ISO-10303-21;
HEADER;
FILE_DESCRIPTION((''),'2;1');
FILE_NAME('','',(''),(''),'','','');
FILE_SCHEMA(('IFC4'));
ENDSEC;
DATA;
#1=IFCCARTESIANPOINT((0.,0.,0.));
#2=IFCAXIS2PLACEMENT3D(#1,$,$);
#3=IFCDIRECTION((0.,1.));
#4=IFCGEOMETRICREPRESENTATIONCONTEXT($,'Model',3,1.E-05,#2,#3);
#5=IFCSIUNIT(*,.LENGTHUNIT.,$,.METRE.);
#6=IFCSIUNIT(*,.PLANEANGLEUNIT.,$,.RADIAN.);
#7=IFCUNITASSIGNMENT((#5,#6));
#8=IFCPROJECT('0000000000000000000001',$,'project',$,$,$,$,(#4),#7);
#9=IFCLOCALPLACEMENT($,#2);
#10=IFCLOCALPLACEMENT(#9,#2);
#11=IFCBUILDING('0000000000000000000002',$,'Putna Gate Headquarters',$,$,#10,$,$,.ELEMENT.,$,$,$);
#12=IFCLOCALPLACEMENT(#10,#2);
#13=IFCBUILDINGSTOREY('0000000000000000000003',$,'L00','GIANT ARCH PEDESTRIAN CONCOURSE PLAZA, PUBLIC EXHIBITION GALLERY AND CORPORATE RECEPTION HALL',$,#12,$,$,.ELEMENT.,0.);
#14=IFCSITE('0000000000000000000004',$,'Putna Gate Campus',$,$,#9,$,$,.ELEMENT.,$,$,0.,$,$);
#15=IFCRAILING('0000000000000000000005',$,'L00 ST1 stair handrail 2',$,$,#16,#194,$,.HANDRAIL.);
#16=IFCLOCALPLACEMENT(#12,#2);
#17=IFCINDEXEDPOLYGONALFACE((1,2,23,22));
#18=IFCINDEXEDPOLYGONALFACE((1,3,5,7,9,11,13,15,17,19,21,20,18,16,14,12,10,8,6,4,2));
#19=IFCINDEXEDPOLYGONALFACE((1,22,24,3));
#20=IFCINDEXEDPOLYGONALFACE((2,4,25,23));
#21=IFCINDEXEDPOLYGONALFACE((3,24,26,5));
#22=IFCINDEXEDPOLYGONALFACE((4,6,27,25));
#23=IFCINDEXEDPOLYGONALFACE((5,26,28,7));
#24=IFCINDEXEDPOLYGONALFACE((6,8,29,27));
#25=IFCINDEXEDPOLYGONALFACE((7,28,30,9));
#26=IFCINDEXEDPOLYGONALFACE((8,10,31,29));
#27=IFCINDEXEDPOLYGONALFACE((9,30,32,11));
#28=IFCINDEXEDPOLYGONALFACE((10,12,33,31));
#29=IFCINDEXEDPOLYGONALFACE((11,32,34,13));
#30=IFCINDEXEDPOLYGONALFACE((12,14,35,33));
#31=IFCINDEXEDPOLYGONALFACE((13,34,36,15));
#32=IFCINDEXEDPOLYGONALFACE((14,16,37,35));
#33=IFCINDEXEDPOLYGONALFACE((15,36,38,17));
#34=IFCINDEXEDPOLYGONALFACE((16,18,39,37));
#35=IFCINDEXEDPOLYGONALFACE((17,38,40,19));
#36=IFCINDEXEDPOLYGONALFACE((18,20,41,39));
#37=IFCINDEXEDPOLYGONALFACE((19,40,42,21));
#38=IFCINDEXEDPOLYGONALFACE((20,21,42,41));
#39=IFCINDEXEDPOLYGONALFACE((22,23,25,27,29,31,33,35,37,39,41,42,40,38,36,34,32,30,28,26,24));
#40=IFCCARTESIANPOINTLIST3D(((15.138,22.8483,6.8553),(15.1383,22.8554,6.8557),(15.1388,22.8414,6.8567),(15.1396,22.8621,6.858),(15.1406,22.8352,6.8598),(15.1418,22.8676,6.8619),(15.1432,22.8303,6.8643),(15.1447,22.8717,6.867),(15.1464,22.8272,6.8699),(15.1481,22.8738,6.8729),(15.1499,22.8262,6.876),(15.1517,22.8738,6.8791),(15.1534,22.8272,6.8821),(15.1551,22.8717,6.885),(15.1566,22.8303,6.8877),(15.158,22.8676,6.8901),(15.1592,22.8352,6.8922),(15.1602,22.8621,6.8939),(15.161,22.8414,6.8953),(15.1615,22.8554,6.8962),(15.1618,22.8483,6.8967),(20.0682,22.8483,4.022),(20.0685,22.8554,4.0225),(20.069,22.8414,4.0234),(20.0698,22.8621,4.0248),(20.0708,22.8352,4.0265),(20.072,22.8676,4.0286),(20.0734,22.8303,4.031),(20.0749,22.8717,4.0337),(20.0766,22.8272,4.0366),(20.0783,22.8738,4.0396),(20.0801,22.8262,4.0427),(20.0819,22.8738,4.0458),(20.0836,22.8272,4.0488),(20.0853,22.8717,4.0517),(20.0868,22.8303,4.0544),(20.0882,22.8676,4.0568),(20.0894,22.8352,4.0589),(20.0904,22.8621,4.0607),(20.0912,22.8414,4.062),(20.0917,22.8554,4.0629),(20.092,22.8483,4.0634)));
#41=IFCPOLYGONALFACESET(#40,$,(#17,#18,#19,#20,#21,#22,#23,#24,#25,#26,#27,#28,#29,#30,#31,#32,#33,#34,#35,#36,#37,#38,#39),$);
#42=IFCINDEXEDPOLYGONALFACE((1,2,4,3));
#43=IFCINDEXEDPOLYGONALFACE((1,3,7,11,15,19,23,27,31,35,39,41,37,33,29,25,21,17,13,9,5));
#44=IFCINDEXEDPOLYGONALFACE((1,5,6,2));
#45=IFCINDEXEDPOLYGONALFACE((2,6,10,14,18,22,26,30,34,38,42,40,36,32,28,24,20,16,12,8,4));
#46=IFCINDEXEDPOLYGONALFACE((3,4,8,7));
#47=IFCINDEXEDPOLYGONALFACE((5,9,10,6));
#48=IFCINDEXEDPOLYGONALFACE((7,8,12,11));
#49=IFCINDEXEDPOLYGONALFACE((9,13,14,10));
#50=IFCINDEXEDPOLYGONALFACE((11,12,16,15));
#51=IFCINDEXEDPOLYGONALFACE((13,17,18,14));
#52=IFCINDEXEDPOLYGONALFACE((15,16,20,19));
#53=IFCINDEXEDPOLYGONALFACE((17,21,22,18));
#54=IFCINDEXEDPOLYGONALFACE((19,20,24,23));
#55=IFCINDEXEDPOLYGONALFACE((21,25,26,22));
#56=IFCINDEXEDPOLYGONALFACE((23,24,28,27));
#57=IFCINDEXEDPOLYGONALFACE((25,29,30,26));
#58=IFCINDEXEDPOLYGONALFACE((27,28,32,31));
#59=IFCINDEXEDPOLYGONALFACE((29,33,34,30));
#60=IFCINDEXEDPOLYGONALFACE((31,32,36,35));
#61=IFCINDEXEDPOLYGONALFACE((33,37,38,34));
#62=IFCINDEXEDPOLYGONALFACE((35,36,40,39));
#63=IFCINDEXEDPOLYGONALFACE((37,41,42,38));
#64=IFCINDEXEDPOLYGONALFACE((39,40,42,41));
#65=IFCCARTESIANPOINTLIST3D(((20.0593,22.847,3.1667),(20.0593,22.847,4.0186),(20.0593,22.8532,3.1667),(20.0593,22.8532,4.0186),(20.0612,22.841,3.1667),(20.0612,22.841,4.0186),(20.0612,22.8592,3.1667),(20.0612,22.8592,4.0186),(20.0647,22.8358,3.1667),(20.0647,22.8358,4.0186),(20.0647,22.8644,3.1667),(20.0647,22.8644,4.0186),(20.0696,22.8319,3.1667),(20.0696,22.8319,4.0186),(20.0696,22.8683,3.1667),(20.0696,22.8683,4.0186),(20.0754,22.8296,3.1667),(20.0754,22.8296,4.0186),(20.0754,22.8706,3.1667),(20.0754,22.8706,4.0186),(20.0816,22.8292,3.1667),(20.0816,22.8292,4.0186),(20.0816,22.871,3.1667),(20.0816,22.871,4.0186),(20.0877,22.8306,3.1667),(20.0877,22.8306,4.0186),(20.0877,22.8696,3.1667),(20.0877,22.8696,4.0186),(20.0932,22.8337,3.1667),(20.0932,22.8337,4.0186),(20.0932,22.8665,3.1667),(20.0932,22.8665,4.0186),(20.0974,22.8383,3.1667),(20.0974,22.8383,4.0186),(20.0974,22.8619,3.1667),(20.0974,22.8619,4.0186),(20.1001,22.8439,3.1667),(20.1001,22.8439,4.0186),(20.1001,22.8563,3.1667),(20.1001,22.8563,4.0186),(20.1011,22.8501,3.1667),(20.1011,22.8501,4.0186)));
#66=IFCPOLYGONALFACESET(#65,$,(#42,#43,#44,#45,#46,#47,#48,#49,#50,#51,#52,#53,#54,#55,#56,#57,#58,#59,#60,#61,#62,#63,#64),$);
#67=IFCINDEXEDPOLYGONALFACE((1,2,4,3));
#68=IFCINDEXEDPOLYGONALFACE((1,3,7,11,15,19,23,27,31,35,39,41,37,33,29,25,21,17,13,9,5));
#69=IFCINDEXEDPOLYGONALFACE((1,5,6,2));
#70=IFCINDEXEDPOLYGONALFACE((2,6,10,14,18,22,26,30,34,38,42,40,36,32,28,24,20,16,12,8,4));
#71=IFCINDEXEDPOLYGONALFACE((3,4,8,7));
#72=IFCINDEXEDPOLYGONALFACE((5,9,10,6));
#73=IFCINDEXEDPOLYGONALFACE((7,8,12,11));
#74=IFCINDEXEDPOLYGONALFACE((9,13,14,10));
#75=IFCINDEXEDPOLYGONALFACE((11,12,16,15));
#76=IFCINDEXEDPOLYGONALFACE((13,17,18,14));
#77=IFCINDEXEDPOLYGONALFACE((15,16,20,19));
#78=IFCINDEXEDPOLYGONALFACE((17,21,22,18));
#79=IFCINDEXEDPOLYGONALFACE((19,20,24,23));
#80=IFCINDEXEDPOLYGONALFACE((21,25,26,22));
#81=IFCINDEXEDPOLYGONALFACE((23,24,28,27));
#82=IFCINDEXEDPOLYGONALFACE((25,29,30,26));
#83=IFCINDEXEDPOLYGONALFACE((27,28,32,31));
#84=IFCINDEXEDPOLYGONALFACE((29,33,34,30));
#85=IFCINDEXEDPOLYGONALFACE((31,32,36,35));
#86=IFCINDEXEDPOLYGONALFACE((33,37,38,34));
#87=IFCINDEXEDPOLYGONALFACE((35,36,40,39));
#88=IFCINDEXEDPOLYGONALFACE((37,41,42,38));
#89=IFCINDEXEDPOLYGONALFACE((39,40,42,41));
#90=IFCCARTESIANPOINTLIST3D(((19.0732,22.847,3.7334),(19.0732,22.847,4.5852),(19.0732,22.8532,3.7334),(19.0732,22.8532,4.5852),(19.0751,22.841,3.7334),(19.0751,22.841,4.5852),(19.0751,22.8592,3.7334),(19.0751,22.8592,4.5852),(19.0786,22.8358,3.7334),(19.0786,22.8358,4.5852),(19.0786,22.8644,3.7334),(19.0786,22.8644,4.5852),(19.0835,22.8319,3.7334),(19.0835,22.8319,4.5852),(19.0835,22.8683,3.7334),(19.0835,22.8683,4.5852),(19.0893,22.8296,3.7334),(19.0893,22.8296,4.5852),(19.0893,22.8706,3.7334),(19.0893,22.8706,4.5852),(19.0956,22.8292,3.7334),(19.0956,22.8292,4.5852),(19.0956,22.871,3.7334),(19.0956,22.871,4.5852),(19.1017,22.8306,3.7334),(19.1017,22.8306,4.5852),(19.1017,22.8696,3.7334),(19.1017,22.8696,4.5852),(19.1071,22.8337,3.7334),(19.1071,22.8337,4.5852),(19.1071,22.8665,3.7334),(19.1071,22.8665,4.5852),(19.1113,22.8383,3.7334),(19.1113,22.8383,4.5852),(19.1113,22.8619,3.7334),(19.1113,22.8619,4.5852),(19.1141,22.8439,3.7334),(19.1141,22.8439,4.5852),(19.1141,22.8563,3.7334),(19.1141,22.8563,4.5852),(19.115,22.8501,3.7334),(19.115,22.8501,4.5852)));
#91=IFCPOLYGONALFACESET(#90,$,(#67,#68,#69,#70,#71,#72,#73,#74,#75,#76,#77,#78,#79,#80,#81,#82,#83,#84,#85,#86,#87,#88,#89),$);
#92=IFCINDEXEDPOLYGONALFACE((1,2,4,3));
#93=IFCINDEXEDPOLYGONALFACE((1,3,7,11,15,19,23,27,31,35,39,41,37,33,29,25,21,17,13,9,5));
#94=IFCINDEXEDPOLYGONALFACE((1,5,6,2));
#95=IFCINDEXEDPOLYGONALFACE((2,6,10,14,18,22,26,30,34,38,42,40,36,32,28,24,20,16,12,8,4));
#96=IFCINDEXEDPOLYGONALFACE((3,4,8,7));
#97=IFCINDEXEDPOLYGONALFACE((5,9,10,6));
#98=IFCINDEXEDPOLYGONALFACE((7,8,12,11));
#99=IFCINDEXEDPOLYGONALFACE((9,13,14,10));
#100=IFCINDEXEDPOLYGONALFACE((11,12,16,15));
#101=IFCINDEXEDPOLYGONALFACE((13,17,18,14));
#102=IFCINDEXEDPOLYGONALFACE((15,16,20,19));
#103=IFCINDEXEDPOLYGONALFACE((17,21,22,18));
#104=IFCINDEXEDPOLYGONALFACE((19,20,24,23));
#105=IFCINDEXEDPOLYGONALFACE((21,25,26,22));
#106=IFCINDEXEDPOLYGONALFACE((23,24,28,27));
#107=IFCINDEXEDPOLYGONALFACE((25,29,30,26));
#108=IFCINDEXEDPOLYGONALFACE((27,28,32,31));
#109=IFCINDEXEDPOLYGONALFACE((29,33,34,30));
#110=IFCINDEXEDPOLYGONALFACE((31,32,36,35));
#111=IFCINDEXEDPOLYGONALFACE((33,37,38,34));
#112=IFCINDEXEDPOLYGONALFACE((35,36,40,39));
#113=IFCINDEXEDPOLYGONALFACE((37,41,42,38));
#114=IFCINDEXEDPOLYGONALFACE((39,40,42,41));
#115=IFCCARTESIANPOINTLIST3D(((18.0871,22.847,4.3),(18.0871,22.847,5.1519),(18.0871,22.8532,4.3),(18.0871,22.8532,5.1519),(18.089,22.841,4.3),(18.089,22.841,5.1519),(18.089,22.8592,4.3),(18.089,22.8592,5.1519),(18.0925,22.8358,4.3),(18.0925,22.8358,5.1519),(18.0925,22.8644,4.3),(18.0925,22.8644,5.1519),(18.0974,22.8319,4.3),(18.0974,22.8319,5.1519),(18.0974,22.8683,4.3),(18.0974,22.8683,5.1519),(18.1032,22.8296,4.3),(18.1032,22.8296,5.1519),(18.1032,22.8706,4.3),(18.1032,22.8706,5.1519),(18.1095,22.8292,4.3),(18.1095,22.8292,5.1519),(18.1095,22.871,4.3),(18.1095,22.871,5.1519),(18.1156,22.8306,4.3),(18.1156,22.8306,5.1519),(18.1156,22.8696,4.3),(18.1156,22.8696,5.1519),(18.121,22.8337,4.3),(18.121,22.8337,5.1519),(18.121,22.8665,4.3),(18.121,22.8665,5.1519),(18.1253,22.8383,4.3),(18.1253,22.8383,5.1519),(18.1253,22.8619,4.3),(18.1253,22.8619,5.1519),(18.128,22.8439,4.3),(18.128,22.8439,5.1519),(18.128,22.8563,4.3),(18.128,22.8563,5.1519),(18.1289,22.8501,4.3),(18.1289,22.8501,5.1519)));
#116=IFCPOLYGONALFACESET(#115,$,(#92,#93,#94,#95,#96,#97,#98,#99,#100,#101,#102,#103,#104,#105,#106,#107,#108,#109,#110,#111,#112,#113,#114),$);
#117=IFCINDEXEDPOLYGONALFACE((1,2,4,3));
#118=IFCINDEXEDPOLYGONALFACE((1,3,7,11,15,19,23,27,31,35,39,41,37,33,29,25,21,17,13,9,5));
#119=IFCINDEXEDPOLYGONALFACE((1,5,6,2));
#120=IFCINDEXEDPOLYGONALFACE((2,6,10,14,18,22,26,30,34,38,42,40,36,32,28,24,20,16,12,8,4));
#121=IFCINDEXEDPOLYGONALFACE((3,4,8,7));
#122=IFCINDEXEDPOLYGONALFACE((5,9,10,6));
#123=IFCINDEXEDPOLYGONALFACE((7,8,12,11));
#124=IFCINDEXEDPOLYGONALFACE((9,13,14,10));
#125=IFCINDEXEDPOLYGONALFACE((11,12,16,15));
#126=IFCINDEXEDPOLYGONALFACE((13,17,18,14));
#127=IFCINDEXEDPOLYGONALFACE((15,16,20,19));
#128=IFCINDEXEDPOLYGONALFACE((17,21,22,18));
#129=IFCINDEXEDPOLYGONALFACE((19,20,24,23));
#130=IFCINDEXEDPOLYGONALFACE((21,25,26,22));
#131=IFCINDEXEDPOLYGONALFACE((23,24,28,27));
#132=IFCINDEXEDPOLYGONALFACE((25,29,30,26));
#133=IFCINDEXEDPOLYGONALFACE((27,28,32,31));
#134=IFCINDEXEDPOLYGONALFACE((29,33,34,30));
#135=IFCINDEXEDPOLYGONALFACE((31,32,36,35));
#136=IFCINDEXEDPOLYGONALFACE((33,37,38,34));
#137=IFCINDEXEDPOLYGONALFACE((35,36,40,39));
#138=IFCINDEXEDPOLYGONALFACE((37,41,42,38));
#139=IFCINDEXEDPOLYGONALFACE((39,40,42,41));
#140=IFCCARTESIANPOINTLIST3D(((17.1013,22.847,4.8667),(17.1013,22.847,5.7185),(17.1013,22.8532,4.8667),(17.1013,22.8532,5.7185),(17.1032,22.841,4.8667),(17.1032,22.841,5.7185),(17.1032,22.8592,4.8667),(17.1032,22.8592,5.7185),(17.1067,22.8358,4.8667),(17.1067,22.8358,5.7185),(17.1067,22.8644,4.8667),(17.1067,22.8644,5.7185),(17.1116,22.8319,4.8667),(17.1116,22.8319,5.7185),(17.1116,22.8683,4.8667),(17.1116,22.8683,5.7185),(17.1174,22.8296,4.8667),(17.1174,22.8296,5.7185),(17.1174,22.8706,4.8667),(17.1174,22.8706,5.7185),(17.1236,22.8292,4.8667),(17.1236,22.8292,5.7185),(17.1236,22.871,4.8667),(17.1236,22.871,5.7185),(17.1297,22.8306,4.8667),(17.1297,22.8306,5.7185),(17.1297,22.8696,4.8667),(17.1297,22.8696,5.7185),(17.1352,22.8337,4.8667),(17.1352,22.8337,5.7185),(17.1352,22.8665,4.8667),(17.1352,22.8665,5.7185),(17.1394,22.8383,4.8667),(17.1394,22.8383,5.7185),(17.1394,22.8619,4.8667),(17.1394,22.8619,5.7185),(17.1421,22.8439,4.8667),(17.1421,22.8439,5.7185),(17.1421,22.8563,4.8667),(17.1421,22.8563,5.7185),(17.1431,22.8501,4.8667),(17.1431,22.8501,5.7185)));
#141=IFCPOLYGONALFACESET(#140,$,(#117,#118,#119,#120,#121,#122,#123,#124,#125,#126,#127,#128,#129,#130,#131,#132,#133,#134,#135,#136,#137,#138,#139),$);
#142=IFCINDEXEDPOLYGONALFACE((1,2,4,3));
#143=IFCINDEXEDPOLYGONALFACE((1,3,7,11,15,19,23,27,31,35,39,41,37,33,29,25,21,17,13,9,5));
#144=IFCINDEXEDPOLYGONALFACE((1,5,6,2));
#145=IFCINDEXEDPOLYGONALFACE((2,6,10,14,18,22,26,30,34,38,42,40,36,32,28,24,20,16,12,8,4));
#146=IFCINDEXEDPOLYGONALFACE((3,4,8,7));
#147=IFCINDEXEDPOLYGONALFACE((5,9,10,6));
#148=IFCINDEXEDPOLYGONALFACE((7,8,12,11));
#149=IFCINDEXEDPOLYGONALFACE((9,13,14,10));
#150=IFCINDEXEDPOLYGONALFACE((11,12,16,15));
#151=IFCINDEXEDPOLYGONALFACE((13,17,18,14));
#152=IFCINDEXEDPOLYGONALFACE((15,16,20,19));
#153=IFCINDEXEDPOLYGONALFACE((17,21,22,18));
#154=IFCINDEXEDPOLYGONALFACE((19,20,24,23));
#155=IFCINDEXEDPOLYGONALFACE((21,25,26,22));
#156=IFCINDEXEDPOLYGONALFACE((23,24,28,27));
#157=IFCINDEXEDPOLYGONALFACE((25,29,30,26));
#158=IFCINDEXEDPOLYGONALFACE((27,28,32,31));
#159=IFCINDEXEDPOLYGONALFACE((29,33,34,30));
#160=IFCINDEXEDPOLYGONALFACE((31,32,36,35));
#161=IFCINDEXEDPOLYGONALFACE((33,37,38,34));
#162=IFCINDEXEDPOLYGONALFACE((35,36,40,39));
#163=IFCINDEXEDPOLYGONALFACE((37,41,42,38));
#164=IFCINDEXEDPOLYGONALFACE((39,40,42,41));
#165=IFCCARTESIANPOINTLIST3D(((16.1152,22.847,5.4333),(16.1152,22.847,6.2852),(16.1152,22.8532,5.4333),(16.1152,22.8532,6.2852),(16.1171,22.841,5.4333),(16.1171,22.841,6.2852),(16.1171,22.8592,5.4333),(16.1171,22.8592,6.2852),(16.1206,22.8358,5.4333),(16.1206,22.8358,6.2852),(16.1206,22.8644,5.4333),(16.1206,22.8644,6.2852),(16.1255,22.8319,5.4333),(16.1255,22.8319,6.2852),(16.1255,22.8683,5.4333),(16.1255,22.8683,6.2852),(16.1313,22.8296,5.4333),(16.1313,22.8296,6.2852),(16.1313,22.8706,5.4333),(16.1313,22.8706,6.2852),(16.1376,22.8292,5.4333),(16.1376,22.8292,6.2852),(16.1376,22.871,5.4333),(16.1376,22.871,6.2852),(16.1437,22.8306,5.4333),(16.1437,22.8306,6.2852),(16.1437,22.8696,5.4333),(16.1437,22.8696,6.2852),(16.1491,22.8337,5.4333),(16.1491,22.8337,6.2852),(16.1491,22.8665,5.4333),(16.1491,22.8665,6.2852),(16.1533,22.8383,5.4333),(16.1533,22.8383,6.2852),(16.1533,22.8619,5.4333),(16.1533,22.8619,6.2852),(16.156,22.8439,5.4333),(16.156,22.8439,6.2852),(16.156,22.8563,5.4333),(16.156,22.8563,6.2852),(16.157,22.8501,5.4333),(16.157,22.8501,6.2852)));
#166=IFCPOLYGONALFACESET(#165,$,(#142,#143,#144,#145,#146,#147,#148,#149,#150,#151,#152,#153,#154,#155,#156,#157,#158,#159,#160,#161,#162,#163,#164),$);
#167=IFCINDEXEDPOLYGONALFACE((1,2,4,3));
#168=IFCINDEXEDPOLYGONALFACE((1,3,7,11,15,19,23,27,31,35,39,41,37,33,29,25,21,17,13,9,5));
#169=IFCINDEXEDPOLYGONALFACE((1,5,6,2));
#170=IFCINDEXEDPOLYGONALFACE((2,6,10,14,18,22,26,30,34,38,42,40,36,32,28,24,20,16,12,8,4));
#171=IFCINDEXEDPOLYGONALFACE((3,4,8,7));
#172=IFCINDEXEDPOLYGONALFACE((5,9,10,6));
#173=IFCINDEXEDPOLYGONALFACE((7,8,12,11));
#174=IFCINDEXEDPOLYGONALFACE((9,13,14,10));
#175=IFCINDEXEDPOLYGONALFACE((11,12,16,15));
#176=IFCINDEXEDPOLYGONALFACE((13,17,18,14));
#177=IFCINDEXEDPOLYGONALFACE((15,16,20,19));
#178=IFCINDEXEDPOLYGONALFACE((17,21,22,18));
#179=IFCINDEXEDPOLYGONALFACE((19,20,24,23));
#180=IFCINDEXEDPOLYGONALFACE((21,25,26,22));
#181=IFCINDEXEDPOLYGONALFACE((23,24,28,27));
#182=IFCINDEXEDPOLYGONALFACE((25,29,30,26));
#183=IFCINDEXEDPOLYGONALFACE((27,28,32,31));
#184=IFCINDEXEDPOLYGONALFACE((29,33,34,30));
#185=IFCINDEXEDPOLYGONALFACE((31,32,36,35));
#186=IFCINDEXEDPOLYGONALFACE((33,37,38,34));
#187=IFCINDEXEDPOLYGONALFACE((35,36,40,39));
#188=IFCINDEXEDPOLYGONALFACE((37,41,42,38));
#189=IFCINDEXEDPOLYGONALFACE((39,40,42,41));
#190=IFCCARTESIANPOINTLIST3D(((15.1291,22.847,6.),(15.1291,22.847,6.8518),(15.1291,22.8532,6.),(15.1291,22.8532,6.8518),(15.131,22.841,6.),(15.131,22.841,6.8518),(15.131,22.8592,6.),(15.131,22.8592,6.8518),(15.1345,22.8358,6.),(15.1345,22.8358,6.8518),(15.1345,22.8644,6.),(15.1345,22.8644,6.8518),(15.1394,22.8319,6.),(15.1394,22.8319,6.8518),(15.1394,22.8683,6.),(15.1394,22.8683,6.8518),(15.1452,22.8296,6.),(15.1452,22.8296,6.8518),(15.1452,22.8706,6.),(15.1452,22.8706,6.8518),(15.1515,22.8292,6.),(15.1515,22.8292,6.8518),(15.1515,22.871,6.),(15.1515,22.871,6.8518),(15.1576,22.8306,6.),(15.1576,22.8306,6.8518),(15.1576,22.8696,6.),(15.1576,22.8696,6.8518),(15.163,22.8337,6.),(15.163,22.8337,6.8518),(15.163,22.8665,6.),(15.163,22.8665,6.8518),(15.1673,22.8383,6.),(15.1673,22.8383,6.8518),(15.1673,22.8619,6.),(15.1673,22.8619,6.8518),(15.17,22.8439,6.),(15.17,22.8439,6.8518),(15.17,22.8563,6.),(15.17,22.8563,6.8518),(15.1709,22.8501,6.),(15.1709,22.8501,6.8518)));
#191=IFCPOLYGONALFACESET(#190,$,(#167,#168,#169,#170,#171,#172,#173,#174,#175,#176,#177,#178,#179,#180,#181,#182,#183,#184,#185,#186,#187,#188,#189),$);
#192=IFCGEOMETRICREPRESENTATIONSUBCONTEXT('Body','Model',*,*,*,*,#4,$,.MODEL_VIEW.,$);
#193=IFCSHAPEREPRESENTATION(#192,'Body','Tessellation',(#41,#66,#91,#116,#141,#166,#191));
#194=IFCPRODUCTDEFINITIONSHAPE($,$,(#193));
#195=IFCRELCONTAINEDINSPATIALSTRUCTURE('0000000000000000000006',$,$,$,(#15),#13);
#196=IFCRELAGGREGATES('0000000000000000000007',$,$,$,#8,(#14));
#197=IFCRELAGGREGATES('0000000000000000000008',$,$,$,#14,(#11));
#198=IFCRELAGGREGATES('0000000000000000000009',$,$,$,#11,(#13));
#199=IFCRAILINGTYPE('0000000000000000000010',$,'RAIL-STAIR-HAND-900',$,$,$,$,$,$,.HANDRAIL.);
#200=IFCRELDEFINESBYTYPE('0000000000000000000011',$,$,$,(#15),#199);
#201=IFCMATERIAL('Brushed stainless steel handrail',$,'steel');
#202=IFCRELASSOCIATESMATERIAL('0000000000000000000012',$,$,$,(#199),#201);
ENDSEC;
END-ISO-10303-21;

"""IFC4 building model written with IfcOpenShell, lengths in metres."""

from ifc_helpers import new_model, si_unit, direction, frame, origin, origin_2d, place, context, subcontext, project, spatial, circle, extrude, material, type_object, element, save


model = new_model("IFC4")

# Units and contexts
model_context = context("Model", 3, precision=1e-05, world=origin(), true_north=direction((0.0, 1.0)))
body_context = subcontext(model_context, "Body", "Model", "MODEL_VIEW")
ifc_project = project(units=[si_unit("LENGTHUNIT", "METRE"), si_unit("PLANEANGLEUNIT", "RADIAN")], contexts=[model_context])

# Site, building, storey
site_placement = place(None, origin())
site = spatial("IfcSite", under=ifc_project, at=site_placement, Name="Putna Gate Campus", CompositionType="ELEMENT", RefElevation=0.0)
building_placement = place(site_placement, origin())
building = spatial("IfcBuilding", under=site, at=building_placement, Name="Putna Gate Headquarters", CompositionType="ELEMENT")
storey_placement = place(building_placement, origin())
storey = spatial("IfcBuildingStorey", under=building, at=storey_placement, Name="L00", Description="GIANT ARCH PEDESTRIAN CONCOURSE PLAZA, PUBLIC EXHIBITION GALLERY AND CORPORATE RECEPTION HALL", CompositionType="ELEMENT", Elevation=0.0)

# Railing
ifc_material_1 = material(Name="Brushed stainless steel handrail", Category="steel")
railing_type = type_object("IfcRailingType", Name="RAIL-STAIR-HAND-900", PredefinedType="HANDRAIL", material=ifc_material_1)
railing_placement = place(storey_placement, frame((20.0801, 22.8501, 3.1667)))
element("IfcRailing", 1, at=railing_placement, inside=storey, type_object=railing_type, Name="L00 ST1 stair handrail 2", PredefinedType="HANDRAIL", context=body_context, shape_type="SweptSolid", body=[
    extrude(circle(Radius=0.0239, at=origin_2d()), frame((0.0, 0.0, 0.876), z_axis=(-0.867028, 0.0, 0.49826), x_axis=(0.0, -1.0, 0.0)), (0.0, 0.0, 1.0), 5.6863),
    extrude(circle(Radius=0.021, at=origin_2d()), origin(), (0.0, 0.0, 1.0), 0.8518),
    extrude(circle(Radius=0.021, at=origin_2d()), frame((-0.9861, 0.0, 0.5667)), (0.0, 0.0, 1.0), 0.8518),
    extrude(circle(Radius=0.021, at=origin_2d()), frame((-1.9722, 0.0, 1.1333)), (0.0, 0.0, 1.0), 0.8518),
    extrude(circle(Radius=0.021, at=origin_2d()), frame((-2.958, 0.0, 1.7)), (0.0, 0.0, 1.0), 0.8518),
    extrude(circle(Radius=0.021, at=origin_2d()), frame((-3.9441, 0.0, 2.2666)), (0.0, 0.0, 1.0), 0.8518),
    extrude(circle(Radius=0.021, at=origin_2d()), frame((-4.9302, 0.0, 2.8333)), (0.0, 0.0, 1.0), 0.8518),
])

save(model, "model.ifc")
